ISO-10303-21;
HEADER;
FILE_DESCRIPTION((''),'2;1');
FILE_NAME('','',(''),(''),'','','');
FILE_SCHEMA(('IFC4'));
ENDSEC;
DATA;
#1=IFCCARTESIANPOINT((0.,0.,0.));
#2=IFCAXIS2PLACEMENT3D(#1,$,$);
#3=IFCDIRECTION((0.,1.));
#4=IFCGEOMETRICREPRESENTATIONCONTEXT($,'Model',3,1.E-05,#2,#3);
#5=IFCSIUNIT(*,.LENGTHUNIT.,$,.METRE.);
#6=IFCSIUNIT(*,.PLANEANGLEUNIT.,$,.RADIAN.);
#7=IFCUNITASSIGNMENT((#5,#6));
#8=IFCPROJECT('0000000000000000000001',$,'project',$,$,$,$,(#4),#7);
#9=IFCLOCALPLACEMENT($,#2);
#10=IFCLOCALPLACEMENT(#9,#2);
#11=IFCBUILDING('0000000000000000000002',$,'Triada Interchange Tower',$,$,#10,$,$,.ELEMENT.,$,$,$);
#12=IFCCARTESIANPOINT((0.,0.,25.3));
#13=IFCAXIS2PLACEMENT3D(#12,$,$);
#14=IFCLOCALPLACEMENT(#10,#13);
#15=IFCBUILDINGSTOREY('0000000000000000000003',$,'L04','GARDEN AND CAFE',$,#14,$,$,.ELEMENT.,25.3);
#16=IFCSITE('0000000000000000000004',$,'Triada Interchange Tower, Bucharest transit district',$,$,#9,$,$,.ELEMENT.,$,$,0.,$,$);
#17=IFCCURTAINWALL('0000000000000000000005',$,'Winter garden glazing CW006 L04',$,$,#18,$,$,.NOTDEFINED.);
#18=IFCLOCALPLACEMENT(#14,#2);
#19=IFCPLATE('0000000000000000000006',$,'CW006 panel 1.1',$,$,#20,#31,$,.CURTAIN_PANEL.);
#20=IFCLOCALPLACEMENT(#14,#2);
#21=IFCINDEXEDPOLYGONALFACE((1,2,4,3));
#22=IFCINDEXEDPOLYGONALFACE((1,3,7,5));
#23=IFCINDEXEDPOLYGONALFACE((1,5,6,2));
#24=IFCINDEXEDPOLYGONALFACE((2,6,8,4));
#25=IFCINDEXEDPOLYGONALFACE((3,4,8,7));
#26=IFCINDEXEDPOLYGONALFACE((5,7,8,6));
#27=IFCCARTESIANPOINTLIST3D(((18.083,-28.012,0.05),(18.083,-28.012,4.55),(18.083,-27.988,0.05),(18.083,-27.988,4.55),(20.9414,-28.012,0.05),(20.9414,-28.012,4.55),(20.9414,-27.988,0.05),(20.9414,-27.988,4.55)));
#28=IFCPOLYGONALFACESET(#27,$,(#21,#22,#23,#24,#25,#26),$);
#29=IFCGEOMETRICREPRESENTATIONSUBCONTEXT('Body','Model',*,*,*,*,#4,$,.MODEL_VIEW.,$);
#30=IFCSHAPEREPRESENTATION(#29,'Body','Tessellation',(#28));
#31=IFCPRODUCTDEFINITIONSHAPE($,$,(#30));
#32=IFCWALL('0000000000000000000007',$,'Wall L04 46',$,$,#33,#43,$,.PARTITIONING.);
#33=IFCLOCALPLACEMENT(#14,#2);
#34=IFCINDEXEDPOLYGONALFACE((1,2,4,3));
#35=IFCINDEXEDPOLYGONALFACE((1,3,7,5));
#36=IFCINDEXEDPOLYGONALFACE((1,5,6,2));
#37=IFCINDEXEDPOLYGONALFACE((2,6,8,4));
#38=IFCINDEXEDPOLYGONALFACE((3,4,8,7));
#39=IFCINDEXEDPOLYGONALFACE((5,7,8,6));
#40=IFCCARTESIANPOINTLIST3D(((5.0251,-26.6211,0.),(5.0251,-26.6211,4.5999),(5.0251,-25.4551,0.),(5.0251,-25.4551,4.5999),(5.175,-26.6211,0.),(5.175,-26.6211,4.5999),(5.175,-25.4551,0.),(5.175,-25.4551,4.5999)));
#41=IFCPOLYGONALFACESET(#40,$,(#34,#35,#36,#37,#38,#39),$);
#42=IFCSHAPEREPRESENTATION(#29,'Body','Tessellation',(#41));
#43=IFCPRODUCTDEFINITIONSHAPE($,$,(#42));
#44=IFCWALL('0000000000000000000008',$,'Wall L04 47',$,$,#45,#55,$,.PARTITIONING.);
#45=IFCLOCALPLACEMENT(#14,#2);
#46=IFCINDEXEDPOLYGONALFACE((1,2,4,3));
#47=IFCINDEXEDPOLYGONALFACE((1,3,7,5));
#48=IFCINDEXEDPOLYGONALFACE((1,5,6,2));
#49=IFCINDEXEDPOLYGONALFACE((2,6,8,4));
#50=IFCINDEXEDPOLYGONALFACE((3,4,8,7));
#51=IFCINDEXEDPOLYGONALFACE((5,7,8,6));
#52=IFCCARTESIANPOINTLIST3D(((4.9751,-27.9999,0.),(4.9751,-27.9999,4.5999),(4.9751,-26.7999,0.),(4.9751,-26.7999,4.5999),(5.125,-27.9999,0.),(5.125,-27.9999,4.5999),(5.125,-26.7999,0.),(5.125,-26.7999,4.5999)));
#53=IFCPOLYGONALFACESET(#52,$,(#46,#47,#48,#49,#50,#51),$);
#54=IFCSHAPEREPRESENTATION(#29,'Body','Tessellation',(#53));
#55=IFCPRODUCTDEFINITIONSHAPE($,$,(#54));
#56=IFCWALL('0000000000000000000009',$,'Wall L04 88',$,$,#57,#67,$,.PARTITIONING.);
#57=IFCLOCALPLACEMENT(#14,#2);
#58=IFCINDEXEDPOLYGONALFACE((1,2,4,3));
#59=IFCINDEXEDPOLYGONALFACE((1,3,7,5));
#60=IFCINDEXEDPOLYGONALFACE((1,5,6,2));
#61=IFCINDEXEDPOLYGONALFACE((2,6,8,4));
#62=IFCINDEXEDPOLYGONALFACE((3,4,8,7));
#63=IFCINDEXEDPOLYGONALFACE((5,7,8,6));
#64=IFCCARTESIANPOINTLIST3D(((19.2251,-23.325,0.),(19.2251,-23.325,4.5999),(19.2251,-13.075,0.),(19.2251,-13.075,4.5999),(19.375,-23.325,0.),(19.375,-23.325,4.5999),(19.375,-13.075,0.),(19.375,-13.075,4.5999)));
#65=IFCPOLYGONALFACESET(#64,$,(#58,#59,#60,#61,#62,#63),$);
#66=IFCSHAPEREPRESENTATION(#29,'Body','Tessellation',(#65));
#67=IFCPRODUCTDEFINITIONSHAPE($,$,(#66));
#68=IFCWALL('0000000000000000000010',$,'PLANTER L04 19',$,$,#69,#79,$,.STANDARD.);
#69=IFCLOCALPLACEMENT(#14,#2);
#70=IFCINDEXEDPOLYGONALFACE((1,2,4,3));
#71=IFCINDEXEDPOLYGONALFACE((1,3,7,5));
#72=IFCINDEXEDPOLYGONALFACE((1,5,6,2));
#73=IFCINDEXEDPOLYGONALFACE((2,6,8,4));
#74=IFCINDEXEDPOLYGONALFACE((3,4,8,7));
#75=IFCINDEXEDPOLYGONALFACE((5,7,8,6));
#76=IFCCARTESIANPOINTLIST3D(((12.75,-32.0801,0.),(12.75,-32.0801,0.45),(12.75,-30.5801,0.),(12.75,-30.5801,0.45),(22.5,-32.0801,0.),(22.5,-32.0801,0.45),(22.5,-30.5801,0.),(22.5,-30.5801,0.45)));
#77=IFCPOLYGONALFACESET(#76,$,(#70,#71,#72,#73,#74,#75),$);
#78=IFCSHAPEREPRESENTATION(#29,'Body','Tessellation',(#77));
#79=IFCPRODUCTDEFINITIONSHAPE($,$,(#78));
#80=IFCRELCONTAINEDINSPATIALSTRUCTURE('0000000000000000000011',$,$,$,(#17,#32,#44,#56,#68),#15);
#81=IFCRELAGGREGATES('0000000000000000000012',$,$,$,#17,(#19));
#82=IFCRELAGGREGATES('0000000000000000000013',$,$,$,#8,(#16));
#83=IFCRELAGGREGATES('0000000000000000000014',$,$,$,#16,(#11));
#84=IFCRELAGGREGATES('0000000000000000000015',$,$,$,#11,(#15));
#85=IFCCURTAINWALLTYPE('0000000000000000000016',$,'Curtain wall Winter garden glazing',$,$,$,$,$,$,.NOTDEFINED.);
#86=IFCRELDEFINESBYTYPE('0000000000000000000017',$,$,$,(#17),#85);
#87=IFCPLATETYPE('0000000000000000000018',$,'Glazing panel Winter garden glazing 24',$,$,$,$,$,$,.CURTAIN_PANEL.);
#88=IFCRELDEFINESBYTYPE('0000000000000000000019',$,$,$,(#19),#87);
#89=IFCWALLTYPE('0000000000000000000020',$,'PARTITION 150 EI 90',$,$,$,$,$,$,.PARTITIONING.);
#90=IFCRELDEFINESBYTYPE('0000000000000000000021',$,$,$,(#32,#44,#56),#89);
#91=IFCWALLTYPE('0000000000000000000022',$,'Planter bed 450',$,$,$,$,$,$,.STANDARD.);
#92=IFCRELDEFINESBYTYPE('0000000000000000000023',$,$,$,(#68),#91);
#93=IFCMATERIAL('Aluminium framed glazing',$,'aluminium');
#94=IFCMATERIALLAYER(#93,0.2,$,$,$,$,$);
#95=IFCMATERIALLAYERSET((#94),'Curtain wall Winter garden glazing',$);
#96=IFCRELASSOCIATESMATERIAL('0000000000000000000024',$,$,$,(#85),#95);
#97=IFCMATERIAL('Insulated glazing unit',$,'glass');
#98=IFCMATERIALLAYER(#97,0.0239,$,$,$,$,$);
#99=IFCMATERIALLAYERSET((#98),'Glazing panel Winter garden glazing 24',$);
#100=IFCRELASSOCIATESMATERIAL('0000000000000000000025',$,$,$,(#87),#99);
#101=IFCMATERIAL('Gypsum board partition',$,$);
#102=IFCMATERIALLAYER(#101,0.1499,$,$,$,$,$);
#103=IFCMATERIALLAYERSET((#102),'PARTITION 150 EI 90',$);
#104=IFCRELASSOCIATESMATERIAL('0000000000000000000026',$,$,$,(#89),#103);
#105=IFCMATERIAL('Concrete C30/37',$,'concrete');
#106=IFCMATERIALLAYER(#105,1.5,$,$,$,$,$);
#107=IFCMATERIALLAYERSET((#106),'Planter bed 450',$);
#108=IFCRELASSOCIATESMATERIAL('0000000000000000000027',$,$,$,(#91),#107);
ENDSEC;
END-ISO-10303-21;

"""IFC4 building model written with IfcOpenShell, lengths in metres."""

from ifc_helpers import new_model, si_unit, direction, frame, frame_2d, origin, origin_2d, place, context, subcontext, project, spatial, rectangle, extrude, material, layer, layer_set, type_object, element, aggregate, save


model = new_model("IFC4")

# Units and contexts
model_context = context("Model", 3, precision=1e-05, world=origin(), true_north=direction((0.0, 1.0)))
body_context = subcontext(model_context, "Body", "Model", "MODEL_VIEW")
ifc_project = project(units=[si_unit("LENGTHUNIT", "METRE"), si_unit("PLANEANGLEUNIT", "RADIAN")], contexts=[model_context])

# Site, building, storey
site_placement = place(None, origin())
site = spatial("IfcSite", under=ifc_project, at=site_placement, Name="Triada Interchange Tower, Bucharest transit district", CompositionType="ELEMENT", RefElevation=0.0)
building_placement = place(site_placement, origin())
building = spatial("IfcBuilding", under=site, at=building_placement, Name="Triada Interchange Tower", CompositionType="ELEMENT")
storey_placement = place(building_placement, frame((0.0, 0.0, 25.3)))
storey = spatial("IfcBuildingStorey", under=building, at=storey_placement, Name="L04", Description="GARDEN AND CAFE", CompositionType="ELEMENT", Elevation=25.3)

# Curtain wall
ifc_material_1 = material(Name="Aluminium framed glazing", Category="aluminium")
ifc_layer_1 = layer(ifc_material_1, 0.2)
ifc_layer_set_1 = layer_set([ifc_layer_1], Name="Curtain wall Winter garden glazing")
curtain_wall_type = type_object("IfcCurtainWallType", Name="Curtain wall Winter garden glazing", PredefinedType="NOTDEFINED", material=ifc_layer_set_1)
curtain_wall_1_placement = place(storey_placement, origin())
curtain_wall_1 = element("IfcCurtainWall", 1, at=curtain_wall_1_placement, inside=storey, type_object=curtain_wall_type, Name="Winter garden glazing CW006 L04", PredefinedType="NOTDEFINED")

# Plate
ifc_material_2 = material(Name="Insulated glazing unit", Category="glass")
ifc_layer_2 = layer(ifc_material_2, 0.0239)
ifc_layer_set_2 = layer_set([ifc_layer_2], Name="Glazing panel Winter garden glazing 24")
plate_type = type_object("IfcPlateType", Name="Glazing panel Winter garden glazing 24", PredefinedType="CURTAIN_PANEL", material=ifc_layer_set_2)
plate_1_placement = place(storey_placement, frame((19.5122, -28.0, 0.05), z_axis=(0.0, 0.0, 1.0), x_axis=(1.0, 0.0, 0.0)))
plate_1 = element("IfcPlate", 2, at=plate_1_placement, type_object=plate_type, Name="CW006 panel 1.1", PredefinedType="CURTAIN_PANEL", context=body_context, shape_type="SweptSolid", body=[
    extrude(rectangle(XDim=2.8584, YDim=0.0239, at=origin_2d()), origin(), (0.0, 0.0, 1.0), 4.5),
])
aggregate(curtain_wall_1, [plate_1])

# Walls
ifc_material_3 = material(Name="Gypsum board partition")
ifc_layer_3 = layer(ifc_material_3, 0.1499)
ifc_layer_set_3 = layer_set([ifc_layer_3], Name="PARTITION 150 EI 90")
wall_type_1 = type_object("IfcWallType", Name="PARTITION 150 EI 90", PredefinedType="PARTITIONING", material=ifc_layer_set_3)
wall_1_placement = place(storey_placement, frame((5.1001, -26.6211, 0.0), z_axis=(0.0, 0.0, 1.0), x_axis=(0.0, 1.0, 0.0)))
element("IfcWall", 3, at=wall_1_placement, inside=storey, type_object=wall_type_1, Name="Wall L04 46", PredefinedType="PARTITIONING", context=body_context, shape_type="SweptSolid", body=[
    extrude(rectangle(XDim=1.166, YDim=0.1499, at=frame_2d((0.583, 0.0))), origin(), (0.0, 0.0, 1.0), 4.5999),
])
wall_2_placement = place(storey_placement, frame((5.05, -28.0, 0.0), z_axis=(0.0, 0.0, 1.0), x_axis=(0.0, 1.0, 0.0)))
element("IfcWall", 4, at=wall_2_placement, inside=storey, type_object=wall_type_1, Name="Wall L04 47", PredefinedType="PARTITIONING", context=body_context, shape_type="SweptSolid", body=[
    extrude(rectangle(XDim=1.2, YDim=0.1499, at=frame_2d((0.6001, 0.0))), origin(), (0.0, 0.0, 1.0), 4.5999),
])
wall_3_placement = place(storey_placement, frame((19.3, -23.325, 0.0), z_axis=(0.0, 0.0, 1.0), x_axis=(0.0, 1.0, 0.0)))
element("IfcWall", 5, at=wall_3_placement, inside=storey, type_object=wall_type_1, Name="Wall L04 88", PredefinedType="PARTITIONING", context=body_context, shape_type="SweptSolid", body=[
    extrude(rectangle(XDim=10.25, YDim=0.1499, at=frame_2d((5.125, 0.0))), origin(), (0.0, 0.0, 1.0), 4.5999),
])
ifc_material_4 = material(Name="Concrete C30/37", Category="concrete")
ifc_layer_4 = layer(ifc_material_4, 1.5)
ifc_layer_set_4 = layer_set([ifc_layer_4], Name="Planter bed 450")
wall_type_2 = type_object("IfcWallType", Name="Planter bed 450", PredefinedType="STANDARD", material=ifc_layer_set_4)
wall_4_placement = place(storey_placement, frame((12.75, -31.3301, 0.0), z_axis=(0.0, 0.0, 1.0), x_axis=(1.0, 0.0, 0.0)))
element("IfcWall", 6, at=wall_4_placement, inside=storey, type_object=wall_type_2, Name="PLANTER L04 19", PredefinedType="STANDARD", context=body_context, shape_type="SweptSolid", body=[
    extrude(rectangle(XDim=9.75, YDim=1.5, at=frame_2d((4.875, 0.0))), origin(), (0.0, 0.0, 1.0), 0.45),
])

save(model, "model.ifc")
